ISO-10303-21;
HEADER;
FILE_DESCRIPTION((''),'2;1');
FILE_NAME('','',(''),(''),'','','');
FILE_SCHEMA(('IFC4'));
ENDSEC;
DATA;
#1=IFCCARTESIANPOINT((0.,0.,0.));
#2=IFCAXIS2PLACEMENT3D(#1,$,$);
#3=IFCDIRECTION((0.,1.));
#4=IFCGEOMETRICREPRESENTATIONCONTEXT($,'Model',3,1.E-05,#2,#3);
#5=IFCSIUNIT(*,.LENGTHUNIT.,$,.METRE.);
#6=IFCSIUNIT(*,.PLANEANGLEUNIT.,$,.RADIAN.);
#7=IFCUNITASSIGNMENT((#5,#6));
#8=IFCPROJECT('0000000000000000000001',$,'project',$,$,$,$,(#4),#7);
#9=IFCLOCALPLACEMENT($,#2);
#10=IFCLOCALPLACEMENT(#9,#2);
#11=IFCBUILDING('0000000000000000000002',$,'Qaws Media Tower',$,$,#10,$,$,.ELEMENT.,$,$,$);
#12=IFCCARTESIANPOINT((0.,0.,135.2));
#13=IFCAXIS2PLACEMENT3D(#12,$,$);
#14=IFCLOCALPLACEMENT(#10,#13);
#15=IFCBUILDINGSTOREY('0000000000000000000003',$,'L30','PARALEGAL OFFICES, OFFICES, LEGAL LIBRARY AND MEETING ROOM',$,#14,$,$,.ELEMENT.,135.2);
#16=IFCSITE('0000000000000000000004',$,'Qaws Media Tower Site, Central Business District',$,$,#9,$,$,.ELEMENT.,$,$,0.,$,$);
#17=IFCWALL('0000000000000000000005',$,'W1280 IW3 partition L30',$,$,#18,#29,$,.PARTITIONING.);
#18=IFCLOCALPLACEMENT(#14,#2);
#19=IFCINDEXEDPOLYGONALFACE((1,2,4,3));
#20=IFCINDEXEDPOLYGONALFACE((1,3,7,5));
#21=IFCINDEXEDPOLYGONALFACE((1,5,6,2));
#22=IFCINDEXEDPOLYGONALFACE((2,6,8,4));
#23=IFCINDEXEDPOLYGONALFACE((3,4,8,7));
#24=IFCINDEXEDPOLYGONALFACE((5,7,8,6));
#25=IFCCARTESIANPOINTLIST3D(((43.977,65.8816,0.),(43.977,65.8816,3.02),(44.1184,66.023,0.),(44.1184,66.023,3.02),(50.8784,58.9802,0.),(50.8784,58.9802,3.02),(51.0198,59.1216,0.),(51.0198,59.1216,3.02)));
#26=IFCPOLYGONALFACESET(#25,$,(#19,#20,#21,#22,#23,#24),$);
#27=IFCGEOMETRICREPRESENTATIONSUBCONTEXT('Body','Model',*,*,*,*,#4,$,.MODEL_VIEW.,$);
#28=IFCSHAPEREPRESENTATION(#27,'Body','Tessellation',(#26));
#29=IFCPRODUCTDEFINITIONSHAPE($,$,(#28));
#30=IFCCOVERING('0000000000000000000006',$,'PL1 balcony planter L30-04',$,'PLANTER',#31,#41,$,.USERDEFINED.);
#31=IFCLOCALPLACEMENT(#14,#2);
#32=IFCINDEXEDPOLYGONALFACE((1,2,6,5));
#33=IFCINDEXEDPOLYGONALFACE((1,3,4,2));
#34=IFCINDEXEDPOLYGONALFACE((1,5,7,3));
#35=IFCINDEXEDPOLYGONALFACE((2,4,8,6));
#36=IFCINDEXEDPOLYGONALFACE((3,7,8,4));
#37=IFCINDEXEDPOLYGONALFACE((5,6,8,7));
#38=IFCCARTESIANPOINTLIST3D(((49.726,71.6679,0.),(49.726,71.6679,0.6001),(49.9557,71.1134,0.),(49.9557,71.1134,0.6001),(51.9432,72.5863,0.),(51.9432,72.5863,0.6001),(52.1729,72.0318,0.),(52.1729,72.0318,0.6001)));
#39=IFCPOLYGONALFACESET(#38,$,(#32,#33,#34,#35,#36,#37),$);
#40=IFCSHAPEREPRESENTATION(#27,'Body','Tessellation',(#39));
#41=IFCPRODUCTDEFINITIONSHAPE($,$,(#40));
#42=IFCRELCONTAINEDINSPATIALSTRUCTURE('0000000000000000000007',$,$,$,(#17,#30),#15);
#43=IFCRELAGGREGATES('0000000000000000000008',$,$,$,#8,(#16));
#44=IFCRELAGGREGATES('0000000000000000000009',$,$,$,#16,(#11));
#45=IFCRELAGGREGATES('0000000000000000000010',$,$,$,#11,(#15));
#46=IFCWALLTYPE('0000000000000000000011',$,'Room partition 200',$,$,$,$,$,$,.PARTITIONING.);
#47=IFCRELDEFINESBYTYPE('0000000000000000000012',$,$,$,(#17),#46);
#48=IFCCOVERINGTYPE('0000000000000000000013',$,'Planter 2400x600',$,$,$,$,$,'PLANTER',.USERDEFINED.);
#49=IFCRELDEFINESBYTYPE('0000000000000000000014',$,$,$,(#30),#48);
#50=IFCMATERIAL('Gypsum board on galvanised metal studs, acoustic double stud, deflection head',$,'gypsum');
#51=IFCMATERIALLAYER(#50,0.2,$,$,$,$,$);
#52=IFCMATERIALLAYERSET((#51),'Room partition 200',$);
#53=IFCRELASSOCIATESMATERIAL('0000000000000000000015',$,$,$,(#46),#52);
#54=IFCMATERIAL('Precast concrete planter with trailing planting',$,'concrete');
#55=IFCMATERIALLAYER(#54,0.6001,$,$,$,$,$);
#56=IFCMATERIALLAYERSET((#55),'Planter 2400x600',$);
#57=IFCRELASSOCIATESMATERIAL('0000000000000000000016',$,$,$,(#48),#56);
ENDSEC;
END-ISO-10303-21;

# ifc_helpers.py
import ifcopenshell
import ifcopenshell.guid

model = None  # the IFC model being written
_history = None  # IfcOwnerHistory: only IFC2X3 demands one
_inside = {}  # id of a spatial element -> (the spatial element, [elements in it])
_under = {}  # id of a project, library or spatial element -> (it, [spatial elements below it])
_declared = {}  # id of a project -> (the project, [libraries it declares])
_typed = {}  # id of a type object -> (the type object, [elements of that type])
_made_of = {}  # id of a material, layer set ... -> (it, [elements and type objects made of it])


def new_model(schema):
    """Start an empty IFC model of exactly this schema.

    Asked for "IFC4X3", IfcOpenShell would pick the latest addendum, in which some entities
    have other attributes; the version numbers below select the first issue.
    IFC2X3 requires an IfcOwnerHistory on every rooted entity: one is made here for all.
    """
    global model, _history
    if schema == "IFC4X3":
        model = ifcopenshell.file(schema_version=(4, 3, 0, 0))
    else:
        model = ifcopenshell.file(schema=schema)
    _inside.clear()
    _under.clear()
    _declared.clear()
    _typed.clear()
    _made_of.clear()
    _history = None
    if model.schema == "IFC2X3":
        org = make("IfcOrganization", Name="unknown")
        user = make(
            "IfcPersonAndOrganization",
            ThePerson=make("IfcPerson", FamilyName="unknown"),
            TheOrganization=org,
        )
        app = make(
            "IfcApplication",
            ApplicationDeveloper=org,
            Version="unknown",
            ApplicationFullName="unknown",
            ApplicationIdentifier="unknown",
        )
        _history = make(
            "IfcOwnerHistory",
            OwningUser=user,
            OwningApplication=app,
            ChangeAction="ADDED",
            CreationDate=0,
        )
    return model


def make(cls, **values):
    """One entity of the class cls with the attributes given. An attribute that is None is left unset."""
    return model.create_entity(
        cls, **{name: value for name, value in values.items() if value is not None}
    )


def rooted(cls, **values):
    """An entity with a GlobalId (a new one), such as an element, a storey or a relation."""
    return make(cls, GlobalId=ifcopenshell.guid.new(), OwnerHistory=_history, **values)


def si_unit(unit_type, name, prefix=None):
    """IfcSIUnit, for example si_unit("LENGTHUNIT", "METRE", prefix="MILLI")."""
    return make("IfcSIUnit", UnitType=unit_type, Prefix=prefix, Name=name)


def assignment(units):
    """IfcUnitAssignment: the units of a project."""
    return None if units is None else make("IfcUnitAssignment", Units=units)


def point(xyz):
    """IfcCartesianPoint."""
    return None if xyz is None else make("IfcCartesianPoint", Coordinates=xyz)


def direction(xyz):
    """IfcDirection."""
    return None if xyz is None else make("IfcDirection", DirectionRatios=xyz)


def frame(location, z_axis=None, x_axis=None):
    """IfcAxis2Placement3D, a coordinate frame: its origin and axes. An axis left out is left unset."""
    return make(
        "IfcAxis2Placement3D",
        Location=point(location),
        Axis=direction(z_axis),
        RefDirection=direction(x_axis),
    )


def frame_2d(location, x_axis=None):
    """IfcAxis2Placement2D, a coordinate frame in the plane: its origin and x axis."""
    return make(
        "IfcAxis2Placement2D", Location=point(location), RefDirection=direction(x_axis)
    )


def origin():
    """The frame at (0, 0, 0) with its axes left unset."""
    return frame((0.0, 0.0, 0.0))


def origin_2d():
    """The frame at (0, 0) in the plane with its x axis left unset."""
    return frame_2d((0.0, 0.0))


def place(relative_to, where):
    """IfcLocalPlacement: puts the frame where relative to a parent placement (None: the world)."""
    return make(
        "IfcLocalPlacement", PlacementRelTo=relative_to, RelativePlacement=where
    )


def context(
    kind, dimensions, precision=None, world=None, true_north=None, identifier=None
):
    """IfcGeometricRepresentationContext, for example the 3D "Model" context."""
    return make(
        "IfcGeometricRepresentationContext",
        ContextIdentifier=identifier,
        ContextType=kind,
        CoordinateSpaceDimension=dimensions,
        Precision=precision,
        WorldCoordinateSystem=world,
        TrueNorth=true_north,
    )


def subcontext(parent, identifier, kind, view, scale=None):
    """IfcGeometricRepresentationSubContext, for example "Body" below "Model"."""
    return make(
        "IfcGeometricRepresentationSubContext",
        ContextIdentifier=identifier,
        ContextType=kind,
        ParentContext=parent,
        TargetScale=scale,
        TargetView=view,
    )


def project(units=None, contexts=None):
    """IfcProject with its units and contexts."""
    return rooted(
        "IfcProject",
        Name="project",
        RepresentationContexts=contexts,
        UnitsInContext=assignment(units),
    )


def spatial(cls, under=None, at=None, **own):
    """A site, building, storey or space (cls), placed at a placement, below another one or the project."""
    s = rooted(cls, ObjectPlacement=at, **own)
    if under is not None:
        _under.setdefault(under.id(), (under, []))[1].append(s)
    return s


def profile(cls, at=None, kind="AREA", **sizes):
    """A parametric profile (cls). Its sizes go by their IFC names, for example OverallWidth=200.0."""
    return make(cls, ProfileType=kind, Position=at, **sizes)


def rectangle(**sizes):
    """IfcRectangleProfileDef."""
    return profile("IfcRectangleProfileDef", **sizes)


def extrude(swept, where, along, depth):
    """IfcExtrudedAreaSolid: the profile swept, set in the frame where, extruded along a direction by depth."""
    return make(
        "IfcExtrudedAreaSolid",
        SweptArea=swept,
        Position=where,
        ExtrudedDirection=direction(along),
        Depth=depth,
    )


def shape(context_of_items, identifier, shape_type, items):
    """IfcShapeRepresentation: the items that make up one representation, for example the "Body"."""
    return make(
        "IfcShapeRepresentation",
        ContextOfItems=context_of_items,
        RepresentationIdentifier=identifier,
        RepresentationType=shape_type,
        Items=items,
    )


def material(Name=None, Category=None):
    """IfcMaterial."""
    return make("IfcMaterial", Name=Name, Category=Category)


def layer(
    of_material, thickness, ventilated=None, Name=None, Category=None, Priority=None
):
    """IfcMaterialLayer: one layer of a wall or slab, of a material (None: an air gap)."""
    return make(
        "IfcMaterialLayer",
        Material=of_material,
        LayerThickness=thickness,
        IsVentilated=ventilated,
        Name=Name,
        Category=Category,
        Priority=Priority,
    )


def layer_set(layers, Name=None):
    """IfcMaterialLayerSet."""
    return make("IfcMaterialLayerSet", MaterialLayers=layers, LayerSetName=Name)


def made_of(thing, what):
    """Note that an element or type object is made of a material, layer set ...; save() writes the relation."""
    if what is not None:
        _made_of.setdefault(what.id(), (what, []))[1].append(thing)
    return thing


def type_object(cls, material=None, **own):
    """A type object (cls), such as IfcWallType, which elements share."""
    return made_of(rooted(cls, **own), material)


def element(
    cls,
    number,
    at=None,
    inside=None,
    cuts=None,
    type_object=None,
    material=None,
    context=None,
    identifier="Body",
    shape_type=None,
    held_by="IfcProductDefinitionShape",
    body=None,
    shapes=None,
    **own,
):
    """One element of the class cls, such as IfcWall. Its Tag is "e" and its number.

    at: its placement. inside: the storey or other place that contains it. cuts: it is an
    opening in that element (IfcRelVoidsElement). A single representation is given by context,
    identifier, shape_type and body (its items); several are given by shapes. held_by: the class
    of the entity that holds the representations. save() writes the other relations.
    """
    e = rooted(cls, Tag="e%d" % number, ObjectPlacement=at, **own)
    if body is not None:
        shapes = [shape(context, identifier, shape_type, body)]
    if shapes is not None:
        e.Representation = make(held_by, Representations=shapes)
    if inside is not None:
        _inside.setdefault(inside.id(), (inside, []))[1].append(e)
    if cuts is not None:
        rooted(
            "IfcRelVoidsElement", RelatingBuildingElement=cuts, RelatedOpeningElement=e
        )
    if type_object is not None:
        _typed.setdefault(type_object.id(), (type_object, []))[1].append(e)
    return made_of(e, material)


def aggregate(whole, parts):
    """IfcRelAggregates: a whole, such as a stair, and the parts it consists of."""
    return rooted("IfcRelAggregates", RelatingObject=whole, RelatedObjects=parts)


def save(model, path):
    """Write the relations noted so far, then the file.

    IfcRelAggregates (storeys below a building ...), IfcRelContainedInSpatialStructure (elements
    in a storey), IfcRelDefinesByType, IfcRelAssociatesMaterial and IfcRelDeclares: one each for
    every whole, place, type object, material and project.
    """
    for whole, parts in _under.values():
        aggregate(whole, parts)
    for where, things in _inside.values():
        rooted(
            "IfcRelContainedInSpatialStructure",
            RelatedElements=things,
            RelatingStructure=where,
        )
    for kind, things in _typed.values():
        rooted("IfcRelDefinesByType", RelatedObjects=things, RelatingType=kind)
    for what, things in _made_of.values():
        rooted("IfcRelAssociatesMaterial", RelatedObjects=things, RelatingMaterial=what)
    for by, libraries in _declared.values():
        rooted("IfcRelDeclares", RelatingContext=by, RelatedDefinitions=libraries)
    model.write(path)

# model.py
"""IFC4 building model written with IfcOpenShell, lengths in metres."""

from ifc_helpers import new_model, si_unit, direction, frame, frame_2d, origin, origin_2d, place, context, subcontext, project, spatial, rectangle, extrude, material, layer, layer_set, type_object, element, save


model = new_model("IFC4")

# Units and contexts
model_context = context("Model", 3, precision=1e-05, world=origin(), true_north=direction((0.0, 1.0)))
body_context = subcontext(model_context, "Body", "Model", "MODEL_VIEW")
ifc_project = project(units=[si_unit("LENGTHUNIT", "METRE"), si_unit("PLANEANGLEUNIT", "RADIAN")], contexts=[model_context])

# Site, building, storey
site_placement = place(None, origin())
site = spatial("IfcSite", under=ifc_project, at=site_placement, Name="Qaws Media Tower Site, Central Business District", CompositionType="ELEMENT", RefElevation=0.0)
building_placement = place(site_placement, origin())
building = spatial("IfcBuilding", under=site, at=building_placement, Name="Qaws Media Tower", CompositionType="ELEMENT")
storey_placement = place(building_placement, frame((0.0, 0.0, 135.2)))
storey = spatial("IfcBuildingStorey", under=building, at=storey_placement, Name="L30", Description="PARALEGAL OFFICES, OFFICES, LEGAL LIBRARY AND MEETING ROOM", CompositionType="ELEMENT", Elevation=135.2)

# Shared definitions
ifc_material_1 = material(Name="Gypsum board on galvanised metal studs, acoustic double stud, deflection head", Category="gypsum")
ifc_layer_1 = layer(ifc_material_1, 0.2)
ifc_layer_set_1 = layer_set([ifc_layer_1], Name="Room partition 200")
wall_type_1 = type_object("IfcWallType", Name="Room partition 200", PredefinedType="PARTITIONING", material=ifc_layer_set_1)

# Wall
wall_1_placement = place(storey_placement, frame((50.949, 59.051, 0.0), z_axis=(0.0, 0.0, 1.0), x_axis=(-0.707107, 0.707107, 0.0)))
element("IfcWall", 1, at=wall_1_placement, inside=storey, type_object=wall_type_1, Name="W1280 IW3 partition L30", PredefinedType="PARTITIONING", context=body_context, shape_type="SweptSolid", body=[
    extrude(rectangle(XDim=9.76, YDim=0.2, at=frame_2d((4.8799, 0.0))), origin(), (0.0, 0.0, 1.0), 3.02),
])

# Covering
ifc_material_2 = material(Name="Precast concrete planter with trailing planting", Category="concrete")
ifc_layer_2 = layer(ifc_material_2, 0.6001)
ifc_layer_set_2 = layer_set([ifc_layer_2], Name="Planter 2400x600")
covering_type = type_object("IfcCoveringType", Name="Planter 2400x600", ElementType="PLANTER", PredefinedType="USERDEFINED", material=ifc_layer_set_2)
covering_placement = place(storey_placement, frame((50.9495, 71.8499, 0.0), z_axis=(0.0, 0.0, 1.0), x_axis=(-0.92388, -0.382683, 0.0)))
element("IfcCovering", 2, at=covering_placement, inside=storey, type_object=covering_type, Name="PL1 balcony planter L30-04", ObjectType="PLANTER", PredefinedType="USERDEFINED", context=body_context, shape_type="SweptSolid", body=[
    extrude(rectangle(XDim=2.3999, YDim=0.6001, at=origin_2d()), origin(), (0.0, 0.0, 1.0), 0.6001),
])

save(model, "model.ifc")
